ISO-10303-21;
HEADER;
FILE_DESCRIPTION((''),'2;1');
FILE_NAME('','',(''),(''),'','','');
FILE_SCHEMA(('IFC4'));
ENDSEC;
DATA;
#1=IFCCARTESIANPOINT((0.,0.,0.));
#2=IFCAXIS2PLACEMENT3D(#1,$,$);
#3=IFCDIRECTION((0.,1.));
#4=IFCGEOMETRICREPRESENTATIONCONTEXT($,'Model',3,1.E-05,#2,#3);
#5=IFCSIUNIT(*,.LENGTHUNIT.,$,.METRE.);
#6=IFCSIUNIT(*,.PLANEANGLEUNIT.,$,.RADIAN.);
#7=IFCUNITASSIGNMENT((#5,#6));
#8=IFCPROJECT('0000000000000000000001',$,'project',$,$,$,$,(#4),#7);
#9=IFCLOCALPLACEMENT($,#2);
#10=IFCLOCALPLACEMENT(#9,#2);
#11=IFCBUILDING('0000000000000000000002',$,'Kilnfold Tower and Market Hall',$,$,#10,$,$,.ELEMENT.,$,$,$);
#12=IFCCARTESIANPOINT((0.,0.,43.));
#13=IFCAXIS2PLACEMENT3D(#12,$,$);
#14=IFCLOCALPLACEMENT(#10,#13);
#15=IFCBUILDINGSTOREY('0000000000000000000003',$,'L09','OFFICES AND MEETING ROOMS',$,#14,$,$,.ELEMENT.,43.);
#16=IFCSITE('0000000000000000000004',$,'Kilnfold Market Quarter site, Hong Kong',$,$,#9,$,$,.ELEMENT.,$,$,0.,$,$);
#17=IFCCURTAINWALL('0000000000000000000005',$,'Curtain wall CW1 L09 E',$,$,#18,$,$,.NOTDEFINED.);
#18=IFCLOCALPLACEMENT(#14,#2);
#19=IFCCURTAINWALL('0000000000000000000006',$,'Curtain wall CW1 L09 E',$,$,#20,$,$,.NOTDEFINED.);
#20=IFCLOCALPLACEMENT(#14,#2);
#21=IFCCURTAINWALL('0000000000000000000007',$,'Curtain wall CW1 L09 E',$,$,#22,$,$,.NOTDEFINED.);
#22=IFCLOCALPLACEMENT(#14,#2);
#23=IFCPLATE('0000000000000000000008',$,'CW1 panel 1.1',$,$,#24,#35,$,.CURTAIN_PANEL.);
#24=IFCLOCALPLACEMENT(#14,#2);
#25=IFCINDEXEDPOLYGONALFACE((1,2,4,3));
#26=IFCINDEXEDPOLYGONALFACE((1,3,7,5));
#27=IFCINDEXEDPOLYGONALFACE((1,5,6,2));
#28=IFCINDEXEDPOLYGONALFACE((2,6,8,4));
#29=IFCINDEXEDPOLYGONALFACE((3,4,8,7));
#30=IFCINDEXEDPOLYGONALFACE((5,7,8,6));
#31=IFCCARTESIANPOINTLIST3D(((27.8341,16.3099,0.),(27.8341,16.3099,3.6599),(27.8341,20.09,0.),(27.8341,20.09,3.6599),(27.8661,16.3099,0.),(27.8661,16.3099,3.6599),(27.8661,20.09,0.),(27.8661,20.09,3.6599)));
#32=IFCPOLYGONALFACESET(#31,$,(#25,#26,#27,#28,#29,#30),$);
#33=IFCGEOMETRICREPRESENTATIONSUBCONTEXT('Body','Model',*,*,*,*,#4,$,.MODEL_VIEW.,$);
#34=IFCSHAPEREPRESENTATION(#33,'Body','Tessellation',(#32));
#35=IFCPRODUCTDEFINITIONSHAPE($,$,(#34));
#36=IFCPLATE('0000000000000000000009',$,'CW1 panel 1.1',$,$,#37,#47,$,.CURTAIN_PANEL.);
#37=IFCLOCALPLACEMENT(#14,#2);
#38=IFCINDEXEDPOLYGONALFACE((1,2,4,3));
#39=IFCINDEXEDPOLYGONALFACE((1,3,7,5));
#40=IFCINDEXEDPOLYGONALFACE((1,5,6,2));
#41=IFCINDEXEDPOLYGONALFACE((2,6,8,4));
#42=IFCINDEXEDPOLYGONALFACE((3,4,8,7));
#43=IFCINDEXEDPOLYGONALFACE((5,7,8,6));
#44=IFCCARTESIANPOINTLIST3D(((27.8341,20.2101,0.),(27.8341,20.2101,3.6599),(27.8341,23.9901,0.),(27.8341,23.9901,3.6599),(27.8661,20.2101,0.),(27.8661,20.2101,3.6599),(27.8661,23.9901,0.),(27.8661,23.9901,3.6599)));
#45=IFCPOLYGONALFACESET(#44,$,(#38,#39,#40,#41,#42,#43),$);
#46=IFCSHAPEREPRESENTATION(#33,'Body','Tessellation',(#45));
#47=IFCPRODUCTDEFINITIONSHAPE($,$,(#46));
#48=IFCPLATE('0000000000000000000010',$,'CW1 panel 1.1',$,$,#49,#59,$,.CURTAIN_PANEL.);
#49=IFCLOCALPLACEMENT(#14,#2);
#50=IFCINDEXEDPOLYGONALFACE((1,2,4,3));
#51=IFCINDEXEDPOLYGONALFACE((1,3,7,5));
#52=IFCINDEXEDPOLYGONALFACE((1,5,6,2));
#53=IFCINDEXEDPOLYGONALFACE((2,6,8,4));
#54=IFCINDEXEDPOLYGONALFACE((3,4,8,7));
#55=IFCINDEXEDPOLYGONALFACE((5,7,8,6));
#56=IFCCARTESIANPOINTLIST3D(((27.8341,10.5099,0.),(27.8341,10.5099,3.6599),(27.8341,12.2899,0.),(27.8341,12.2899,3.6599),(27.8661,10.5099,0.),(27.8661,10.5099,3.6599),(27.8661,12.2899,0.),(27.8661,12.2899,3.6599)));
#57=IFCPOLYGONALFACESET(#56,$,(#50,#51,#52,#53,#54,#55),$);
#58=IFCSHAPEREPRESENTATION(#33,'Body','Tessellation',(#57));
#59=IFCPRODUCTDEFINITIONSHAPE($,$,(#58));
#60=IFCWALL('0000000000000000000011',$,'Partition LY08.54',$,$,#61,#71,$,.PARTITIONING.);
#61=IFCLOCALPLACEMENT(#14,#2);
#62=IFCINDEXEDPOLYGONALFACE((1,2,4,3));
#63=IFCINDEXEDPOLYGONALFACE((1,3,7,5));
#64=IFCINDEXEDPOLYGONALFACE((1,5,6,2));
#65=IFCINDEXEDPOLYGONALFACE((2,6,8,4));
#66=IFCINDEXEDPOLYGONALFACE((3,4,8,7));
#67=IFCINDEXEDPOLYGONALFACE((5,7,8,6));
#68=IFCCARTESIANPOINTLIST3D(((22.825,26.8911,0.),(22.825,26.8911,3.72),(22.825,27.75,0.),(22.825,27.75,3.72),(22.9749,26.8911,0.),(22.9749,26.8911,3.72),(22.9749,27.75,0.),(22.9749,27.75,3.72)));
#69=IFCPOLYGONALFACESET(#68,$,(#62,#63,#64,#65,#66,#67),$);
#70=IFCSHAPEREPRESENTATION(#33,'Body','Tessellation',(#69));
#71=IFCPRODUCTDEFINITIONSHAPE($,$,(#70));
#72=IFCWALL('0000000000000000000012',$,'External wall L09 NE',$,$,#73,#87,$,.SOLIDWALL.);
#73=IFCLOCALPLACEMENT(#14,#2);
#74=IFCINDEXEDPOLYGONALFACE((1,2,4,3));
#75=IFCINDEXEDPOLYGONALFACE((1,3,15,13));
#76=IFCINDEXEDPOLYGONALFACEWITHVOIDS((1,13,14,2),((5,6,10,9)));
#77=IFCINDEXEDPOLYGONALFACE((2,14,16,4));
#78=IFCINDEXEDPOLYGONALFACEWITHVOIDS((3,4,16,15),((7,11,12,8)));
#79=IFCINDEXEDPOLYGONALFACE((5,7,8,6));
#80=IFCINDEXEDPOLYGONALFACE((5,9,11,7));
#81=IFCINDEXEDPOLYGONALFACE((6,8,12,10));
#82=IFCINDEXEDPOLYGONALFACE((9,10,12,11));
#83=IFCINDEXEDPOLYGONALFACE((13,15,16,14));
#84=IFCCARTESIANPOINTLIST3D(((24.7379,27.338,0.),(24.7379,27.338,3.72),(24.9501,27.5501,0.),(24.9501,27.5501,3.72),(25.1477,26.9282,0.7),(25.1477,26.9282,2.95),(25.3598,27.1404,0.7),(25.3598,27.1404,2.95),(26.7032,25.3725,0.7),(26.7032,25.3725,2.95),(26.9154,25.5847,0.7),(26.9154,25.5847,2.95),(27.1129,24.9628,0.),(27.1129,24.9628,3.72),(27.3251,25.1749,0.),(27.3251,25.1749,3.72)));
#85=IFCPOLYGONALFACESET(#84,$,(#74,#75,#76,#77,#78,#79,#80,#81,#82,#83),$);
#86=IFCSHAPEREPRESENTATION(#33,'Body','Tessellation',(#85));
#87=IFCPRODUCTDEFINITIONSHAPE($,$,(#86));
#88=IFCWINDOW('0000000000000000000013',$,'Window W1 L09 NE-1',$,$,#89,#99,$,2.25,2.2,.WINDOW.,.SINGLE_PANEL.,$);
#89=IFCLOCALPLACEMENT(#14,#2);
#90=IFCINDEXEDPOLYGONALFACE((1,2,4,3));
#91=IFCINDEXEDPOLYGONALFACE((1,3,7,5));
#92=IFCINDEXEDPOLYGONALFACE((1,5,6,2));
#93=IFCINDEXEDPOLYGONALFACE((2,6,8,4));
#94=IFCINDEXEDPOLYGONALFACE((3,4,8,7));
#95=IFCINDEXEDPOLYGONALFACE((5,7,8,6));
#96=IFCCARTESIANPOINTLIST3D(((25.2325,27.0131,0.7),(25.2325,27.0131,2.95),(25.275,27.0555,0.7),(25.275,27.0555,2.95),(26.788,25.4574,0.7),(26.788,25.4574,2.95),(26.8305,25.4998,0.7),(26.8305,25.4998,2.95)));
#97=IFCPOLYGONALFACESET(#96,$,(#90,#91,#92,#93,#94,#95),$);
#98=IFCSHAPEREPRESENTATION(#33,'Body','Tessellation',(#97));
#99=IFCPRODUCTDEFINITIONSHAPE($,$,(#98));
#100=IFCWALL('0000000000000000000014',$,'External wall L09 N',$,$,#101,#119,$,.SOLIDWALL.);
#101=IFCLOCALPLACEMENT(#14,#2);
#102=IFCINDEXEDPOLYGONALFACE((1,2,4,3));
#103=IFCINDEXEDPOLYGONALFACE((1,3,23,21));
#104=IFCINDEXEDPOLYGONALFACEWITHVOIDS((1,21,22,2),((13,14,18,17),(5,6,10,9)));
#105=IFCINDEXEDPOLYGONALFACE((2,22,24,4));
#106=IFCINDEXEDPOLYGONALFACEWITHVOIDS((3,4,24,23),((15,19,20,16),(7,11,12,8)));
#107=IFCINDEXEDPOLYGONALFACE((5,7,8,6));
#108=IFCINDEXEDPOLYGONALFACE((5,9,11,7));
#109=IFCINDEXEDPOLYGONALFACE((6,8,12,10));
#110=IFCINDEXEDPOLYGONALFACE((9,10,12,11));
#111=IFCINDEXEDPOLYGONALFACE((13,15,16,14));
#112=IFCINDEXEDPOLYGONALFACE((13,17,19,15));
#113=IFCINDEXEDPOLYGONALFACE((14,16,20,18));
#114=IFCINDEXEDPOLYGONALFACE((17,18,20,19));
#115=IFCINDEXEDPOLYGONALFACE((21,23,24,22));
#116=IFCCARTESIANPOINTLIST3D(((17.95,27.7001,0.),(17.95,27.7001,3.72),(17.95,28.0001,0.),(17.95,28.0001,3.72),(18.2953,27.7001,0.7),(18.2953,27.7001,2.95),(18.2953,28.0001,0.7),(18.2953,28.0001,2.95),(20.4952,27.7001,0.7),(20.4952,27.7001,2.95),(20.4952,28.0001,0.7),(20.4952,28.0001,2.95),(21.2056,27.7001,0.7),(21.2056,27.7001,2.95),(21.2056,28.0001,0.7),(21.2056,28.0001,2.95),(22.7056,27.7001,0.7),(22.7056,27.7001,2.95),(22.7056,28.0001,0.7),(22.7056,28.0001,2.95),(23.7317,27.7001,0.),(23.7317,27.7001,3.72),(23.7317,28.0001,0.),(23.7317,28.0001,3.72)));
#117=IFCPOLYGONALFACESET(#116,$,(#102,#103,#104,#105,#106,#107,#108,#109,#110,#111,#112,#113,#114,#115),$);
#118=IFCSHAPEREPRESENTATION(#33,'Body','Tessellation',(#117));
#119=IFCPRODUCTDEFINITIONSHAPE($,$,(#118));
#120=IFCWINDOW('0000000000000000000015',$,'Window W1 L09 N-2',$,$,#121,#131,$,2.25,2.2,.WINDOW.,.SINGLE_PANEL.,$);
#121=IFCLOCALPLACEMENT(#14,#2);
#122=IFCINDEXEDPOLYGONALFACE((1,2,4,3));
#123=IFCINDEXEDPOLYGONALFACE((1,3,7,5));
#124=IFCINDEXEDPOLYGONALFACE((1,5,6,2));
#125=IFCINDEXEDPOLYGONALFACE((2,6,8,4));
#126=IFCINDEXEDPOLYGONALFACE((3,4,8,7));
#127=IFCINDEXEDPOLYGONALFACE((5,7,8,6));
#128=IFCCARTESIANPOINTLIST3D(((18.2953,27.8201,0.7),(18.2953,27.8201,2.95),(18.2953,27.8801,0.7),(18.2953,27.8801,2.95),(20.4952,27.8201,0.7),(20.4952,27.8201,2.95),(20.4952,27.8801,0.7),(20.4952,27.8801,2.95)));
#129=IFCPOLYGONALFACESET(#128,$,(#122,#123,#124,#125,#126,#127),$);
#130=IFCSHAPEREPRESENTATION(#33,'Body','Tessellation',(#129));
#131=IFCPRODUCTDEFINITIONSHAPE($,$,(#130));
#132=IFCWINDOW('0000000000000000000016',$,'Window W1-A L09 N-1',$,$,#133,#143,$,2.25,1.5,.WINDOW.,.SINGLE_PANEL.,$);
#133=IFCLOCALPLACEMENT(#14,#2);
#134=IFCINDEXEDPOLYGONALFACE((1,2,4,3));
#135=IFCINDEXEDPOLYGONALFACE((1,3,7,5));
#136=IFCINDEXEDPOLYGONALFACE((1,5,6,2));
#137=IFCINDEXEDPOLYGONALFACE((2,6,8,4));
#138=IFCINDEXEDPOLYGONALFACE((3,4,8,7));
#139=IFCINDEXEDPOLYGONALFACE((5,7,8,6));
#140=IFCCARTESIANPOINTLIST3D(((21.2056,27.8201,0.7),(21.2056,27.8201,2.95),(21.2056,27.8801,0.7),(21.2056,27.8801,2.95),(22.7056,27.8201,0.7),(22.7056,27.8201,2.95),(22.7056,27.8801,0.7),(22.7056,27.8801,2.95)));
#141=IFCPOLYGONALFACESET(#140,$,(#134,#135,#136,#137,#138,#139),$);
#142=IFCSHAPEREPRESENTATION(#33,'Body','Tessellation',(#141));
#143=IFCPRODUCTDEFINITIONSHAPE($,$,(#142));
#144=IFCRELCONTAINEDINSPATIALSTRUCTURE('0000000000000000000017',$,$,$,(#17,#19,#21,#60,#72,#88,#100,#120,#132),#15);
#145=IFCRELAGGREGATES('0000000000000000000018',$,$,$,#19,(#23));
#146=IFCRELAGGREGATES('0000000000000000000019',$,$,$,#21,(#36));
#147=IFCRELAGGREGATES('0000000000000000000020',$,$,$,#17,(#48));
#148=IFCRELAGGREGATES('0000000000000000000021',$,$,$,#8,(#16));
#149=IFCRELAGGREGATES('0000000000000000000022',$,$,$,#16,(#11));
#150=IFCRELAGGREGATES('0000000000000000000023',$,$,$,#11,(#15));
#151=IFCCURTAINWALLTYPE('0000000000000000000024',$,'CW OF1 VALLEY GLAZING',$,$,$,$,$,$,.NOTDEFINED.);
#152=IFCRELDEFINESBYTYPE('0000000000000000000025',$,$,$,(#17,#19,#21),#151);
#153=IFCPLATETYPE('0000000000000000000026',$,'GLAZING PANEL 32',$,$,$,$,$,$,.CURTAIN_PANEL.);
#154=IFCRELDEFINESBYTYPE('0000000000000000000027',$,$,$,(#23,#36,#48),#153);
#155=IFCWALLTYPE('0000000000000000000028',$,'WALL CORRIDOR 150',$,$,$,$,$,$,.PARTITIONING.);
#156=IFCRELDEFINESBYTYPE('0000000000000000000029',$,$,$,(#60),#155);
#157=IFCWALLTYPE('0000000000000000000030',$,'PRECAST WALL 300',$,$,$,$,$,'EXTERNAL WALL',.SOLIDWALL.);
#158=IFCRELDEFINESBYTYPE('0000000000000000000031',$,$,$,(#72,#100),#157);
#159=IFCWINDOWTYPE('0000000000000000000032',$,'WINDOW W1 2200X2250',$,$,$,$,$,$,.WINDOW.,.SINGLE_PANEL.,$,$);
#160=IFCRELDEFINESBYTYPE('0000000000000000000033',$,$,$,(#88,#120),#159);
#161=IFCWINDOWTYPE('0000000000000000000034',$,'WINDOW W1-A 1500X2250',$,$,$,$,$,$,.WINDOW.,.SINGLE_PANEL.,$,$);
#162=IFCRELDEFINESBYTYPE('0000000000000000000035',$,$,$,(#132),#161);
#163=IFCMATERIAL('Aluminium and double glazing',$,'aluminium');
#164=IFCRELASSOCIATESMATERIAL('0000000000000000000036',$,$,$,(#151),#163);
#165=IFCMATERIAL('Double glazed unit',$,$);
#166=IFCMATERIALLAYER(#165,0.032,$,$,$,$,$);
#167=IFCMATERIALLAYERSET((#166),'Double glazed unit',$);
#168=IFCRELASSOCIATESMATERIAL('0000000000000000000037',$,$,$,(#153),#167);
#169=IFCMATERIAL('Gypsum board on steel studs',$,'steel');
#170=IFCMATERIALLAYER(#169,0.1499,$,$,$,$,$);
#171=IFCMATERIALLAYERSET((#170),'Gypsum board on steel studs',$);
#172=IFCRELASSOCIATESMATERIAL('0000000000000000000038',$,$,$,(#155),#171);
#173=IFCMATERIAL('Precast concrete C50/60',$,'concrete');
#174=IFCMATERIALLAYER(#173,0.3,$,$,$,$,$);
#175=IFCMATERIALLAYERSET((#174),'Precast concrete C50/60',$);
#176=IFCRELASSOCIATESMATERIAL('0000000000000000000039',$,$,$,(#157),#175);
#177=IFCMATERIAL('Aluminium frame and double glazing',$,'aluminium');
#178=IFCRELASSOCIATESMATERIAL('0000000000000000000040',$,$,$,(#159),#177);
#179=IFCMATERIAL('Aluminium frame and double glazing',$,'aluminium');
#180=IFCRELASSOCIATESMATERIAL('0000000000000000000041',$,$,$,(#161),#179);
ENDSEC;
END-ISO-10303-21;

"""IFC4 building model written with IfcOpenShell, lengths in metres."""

from ifc_helpers import new_model, si_unit, direction, frame, frame_2d, origin, origin_2d, place, context, subcontext, project, spatial, rectangle, extrude, source, transform, mapped, material, layer, layer_set, type_object, element, fill, aggregate, save


model = new_model("IFC4")

# Units and contexts
model_context = context("Model", 3, precision=1e-05, world=origin(), true_north=direction((0.0, 1.0)))
body_context = subcontext(model_context, "Body", "Model", "MODEL_VIEW")
ifc_project = project(units=[si_unit("LENGTHUNIT", "METRE"), si_unit("PLANEANGLEUNIT", "RADIAN")], contexts=[model_context])

# Site, building, storey
site_placement = place(None, origin())
site = spatial("IfcSite", under=ifc_project, at=site_placement, Name="Kilnfold Market Quarter site, Hong Kong", CompositionType="ELEMENT", RefElevation=0.0)
building_placement = place(site_placement, origin())
building = spatial("IfcBuilding", under=site, at=building_placement, Name="Kilnfold Tower and Market Hall", CompositionType="ELEMENT")
storey_placement = place(building_placement, frame((0.0, 0.0, 43.0)))
storey = spatial("IfcBuildingStorey", under=building, at=storey_placement, Name="L09", Description="OFFICES AND MEETING ROOMS", CompositionType="ELEMENT", Elevation=43.0)

# Curtain wall
ifc_material_1 = material(Name="Aluminium and double glazing", Category="aluminium")
curtain_wall_type = type_object("IfcCurtainWallType", Name="CW OF1 VALLEY GLAZING", PredefinedType="NOTDEFINED", material=ifc_material_1)
curtain_wall_1_placement = place(storey_placement, origin())
curtain_wall_1 = element("IfcCurtainWall", 1, at=curtain_wall_1_placement, inside=storey, type_object=curtain_wall_type, Name="Curtain wall CW1 L09 E", PredefinedType="NOTDEFINED")

# Curtain walls
curtain_wall_2_placement = place(storey_placement, origin())
curtain_wall_2 = element("IfcCurtainWall", 2, at=curtain_wall_2_placement, inside=storey, type_object=curtain_wall_type, Name="Curtain wall CW1 L09 E", PredefinedType="NOTDEFINED")
curtain_wall_3_placement = place(storey_placement, origin())
curtain_wall_3 = element("IfcCurtainWall", 3, at=curtain_wall_3_placement, inside=storey, type_object=curtain_wall_type, Name="Curtain wall CW1 L09 E", PredefinedType="NOTDEFINED")

# Plates
ifc_material_2 = material(Name="Double glazed unit")
ifc_layer_1 = layer(ifc_material_2, 0.032)
ifc_layer_set_1 = layer_set([ifc_layer_1], Name="Double glazed unit")
plate_type = type_object("IfcPlateType", Name="GLAZING PANEL 32", PredefinedType="CURTAIN_PANEL", material=ifc_layer_set_1)
shared_shape_1 = source(origin(), body_context, "Body", "SweptSolid", [
    extrude(rectangle(XDim=3.78, YDim=0.032, at=origin_2d()), origin(), (0.0, 0.0, 1.0), 3.6599),
])
plate_1_placement = place(storey_placement, frame((27.8501, 18.2, 0.0), z_axis=(0.0, 0.0, 1.0), x_axis=(0.0, 1.0, 0.0)))
plate_1 = element("IfcPlate", 4, at=plate_1_placement, type_object=plate_type, Name="CW1 panel 1.1", PredefinedType="CURTAIN_PANEL", context=body_context, shape_type="MappedRepresentation", body=[
    mapped(shared_shape_1, transform((0.0, 0.0, 0.0))),
])
aggregate(curtain_wall_2, [plate_1])
plate_2_placement = place(storey_placement, frame((27.8501, 22.1001, 0.0), z_axis=(0.0, 0.0, 1.0), x_axis=(0.0, 1.0, 0.0)))
plate_2 = element("IfcPlate", 5, at=plate_2_placement, type_object=plate_type, Name="CW1 panel 1.1", PredefinedType="CURTAIN_PANEL", context=body_context, shape_type="MappedRepresentation", body=[
    mapped(shared_shape_1, transform((0.0, 0.0, 0.0))),
])
aggregate(curtain_wall_3, [plate_2])
shared_shape_2 = source(origin(), body_context, "Body", "SweptSolid", [
    extrude(rectangle(XDim=1.78, YDim=0.032, at=origin_2d()), origin(), (0.0, 0.0, 1.0), 3.6599),
])
plate_3_placement = place(storey_placement, frame((27.8501, 11.3999, 0.0), z_axis=(0.0, 0.0, 1.0), x_axis=(0.0, 1.0, 0.0)))
plate_3 = element("IfcPlate", 6, at=plate_3_placement, type_object=plate_type, Name="CW1 panel 1.1", PredefinedType="CURTAIN_PANEL", context=body_context, shape_type="MappedRepresentation", body=[
    mapped(shared_shape_2, transform((0.0, 0.0, 0.0))),
])
aggregate(curtain_wall_1, [plate_3])

# Wall
ifc_material_3 = material(Name="Gypsum board on steel studs", Category="steel")
ifc_layer_2 = layer(ifc_material_3, 0.1499)
ifc_layer_set_2 = layer_set([ifc_layer_2], Name="Gypsum board on steel studs")
wall_type_1 = type_object("IfcWallType", Name="WALL CORRIDOR 150", PredefinedType="PARTITIONING", material=ifc_layer_set_2)
wall_1_placement = place(storey_placement, frame((22.8999, 26.8911, 0.0), z_axis=(0.0, 0.0, 1.0), x_axis=(0.0, 1.0, 0.0)))
element("IfcWall", 7, at=wall_1_placement, inside=storey, type_object=wall_type_1, Name="Partition LY08.54", PredefinedType="PARTITIONING", context=body_context, shape_type="SweptSolid", body=[
    extrude(rectangle(XDim=0.8589, YDim=0.1499, at=frame_2d((0.4294, 0.0))), origin(), (0.0, 0.0, 1.0), 3.72),
])

# Wall, opening, window
ifc_material_4 = material(Name="Precast concrete C50/60", Category="concrete")
ifc_layer_3 = layer(ifc_material_4, 0.3)
ifc_layer_set_3 = layer_set([ifc_layer_3], Name="Precast concrete C50/60")
wall_type_2 = type_object("IfcWallType", Name="PRECAST WALL 300", ElementType="EXTERNAL WALL", PredefinedType="SOLIDWALL", material=ifc_layer_set_3)
shared_shape_3 = source(origin(), body_context, "Body", "SweptSolid", [
    extrude(rectangle(XDim=3.3589, YDim=0.3, at=frame_2d((1.6794, 0.0))), origin(), (0.0, 0.0, 1.0), 3.72),
])
wall_2_placement = place(storey_placement, frame((27.219, 25.0688, 0.0), z_axis=(0.0, 0.0, 1.0), x_axis=(-0.70707, 0.707143, 0.0)))
wall_2 = element("IfcWall", 8, at=wall_2_placement, inside=storey, type_object=wall_type_2, Name="External wall L09 NE", PredefinedType="SOLIDWALL", context=body_context, shape_type="MappedRepresentation", body=[
    mapped(shared_shape_3, transform((0.0, 0.0, 0.0))),
])
opening_1_placement = place(wall_2_placement, frame((0.5793, 0.0, 0.7)))
opening_1 = element("IfcOpeningElement", 9, at=opening_1_placement, cuts=wall_2, PredefinedType="OPENING", context=body_context, shape_type="SweptSolid", body=[
    extrude(rectangle(XDim=2.2, YDim=2.25, at=frame_2d((1.1001, 1.125))), frame((0.0, 0.1602, 0.0), z_axis=(0.0, -1.0, 0.0), x_axis=(1.0, 0.0, 0.0)), (0.0, 0.0, 1.0), 0.3201),
])
ifc_material_5 = material(Name="Aluminium frame and double glazing", Category="aluminium")
window_type_1 = type_object("IfcWindowType", Name="WINDOW W1 2200X2250", PartitioningType="SINGLE_PANEL", PredefinedType="WINDOW", material=ifc_material_5)
window_1_placement = place(opening_1_placement, origin())
window_1 = element("IfcWindow", 10, at=window_1_placement, inside=storey, type_object=window_type_1, Name="Window W1 L09 NE-1", OverallHeight=2.25, OverallWidth=2.2, PartitioningType="SINGLE_PANEL", PredefinedType="WINDOW", context=body_context, shape_type="SweptSolid", body=[
    extrude(rectangle(XDim=2.2, YDim=2.25, at=frame_2d((1.1001, 1.125))), frame((0.0, 0.03, 0.0), z_axis=(0.0, -1.0, 0.0), x_axis=(1.0, 0.0, 0.0)), (0.0, 0.0, 1.0), 0.0601),
])
fill(opening_1, window_1)

# Wall, openings, windows
shared_shape_4 = source(origin(), body_context, "Body", "SweptSolid", [
    extrude(rectangle(XDim=5.7817, YDim=0.3, at=frame_2d((2.8909, 0.0))), origin(), (0.0, 0.0, 1.0), 3.72),
])
wall_3_placement = place(storey_placement, frame((23.7317, 27.8501, 0.0), z_axis=(0.0, 0.0, 1.0), x_axis=(-1.0, 0.0, 0.0)))
wall_3 = element("IfcWall", 11, at=wall_3_placement, inside=storey, type_object=wall_type_2, Name="External wall L09 N", PredefinedType="SOLIDWALL", context=body_context, shape_type="MappedRepresentation", body=[
    mapped(shared_shape_4, transform((0.0, 0.0, 0.0))),
])
opening_2_placement = place(wall_3_placement, frame((1.0261, 0.0, 0.7)))
opening_2 = element("IfcOpeningElement", 12, at=opening_2_placement, cuts=wall_3, PredefinedType="OPENING", context=body_context, shape_type="SweptSolid", body=[
    extrude(rectangle(XDim=1.5, YDim=2.25, at=frame_2d((0.75, 1.125))), frame((0.0, 0.1602, 0.0), z_axis=(0.0, -1.0, 0.0), x_axis=(1.0, 0.0, 0.0)), (0.0, 0.0, 1.0), 0.3201),
])
opening_3_placement = place(wall_3_placement, frame((3.2363, 0.0, 0.7)))
opening_3 = element("IfcOpeningElement", 13, at=opening_3_placement, cuts=wall_3, PredefinedType="OPENING", context=body_context, shape_type="SweptSolid", body=[
    extrude(rectangle(XDim=2.2, YDim=2.25, at=frame_2d((1.1001, 1.125))), frame((0.0, 0.1602, 0.0), z_axis=(0.0, -1.0, 0.0), x_axis=(1.0, 0.0, 0.0)), (0.0, 0.0, 1.0), 0.3201),
])
window_2_placement = place(opening_3_placement, origin())
window_2 = element("IfcWindow", 14, at=window_2_placement, inside=storey, type_object=window_type_1, Name="Window W1 L09 N-2", OverallHeight=2.25, OverallWidth=2.2, PartitioningType="SINGLE_PANEL", PredefinedType="WINDOW", context=body_context, shape_type="SweptSolid", body=[
    extrude(rectangle(XDim=2.2, YDim=2.25, at=frame_2d((1.1001, 1.125))), frame((0.0, 0.03, 0.0), z_axis=(0.0, -1.0, 0.0), x_axis=(1.0, 0.0, 0.0)), (0.0, 0.0, 1.0), 0.0601),
])
fill(opening_3, window_2)
ifc_material_6 = material(Name="Aluminium frame and double glazing", Category="aluminium")
window_type_2 = type_object("IfcWindowType", Name="WINDOW W1-A 1500X2250", PartitioningType="SINGLE_PANEL", PredefinedType="WINDOW", material=ifc_material_6)
window_3_placement = place(opening_2_placement, origin())
window_3 = element("IfcWindow", 15, at=window_3_placement, inside=storey, type_object=window_type_2, Name="Window W1-A L09 N-1", OverallHeight=2.25, OverallWidth=1.5, PartitioningType="SINGLE_PANEL", PredefinedType="WINDOW", context=body_context, shape_type="SweptSolid", body=[
    extrude(rectangle(XDim=1.5, YDim=2.25, at=frame_2d((0.75, 1.125))), frame((0.0, 0.03, 0.0), z_axis=(0.0, -1.0, 0.0), x_axis=(1.0, 0.0, 0.0)), (0.0, 0.0, 1.0), 0.0601),
])
fill(opening_2, window_3)

save(model, "model.ifc")
